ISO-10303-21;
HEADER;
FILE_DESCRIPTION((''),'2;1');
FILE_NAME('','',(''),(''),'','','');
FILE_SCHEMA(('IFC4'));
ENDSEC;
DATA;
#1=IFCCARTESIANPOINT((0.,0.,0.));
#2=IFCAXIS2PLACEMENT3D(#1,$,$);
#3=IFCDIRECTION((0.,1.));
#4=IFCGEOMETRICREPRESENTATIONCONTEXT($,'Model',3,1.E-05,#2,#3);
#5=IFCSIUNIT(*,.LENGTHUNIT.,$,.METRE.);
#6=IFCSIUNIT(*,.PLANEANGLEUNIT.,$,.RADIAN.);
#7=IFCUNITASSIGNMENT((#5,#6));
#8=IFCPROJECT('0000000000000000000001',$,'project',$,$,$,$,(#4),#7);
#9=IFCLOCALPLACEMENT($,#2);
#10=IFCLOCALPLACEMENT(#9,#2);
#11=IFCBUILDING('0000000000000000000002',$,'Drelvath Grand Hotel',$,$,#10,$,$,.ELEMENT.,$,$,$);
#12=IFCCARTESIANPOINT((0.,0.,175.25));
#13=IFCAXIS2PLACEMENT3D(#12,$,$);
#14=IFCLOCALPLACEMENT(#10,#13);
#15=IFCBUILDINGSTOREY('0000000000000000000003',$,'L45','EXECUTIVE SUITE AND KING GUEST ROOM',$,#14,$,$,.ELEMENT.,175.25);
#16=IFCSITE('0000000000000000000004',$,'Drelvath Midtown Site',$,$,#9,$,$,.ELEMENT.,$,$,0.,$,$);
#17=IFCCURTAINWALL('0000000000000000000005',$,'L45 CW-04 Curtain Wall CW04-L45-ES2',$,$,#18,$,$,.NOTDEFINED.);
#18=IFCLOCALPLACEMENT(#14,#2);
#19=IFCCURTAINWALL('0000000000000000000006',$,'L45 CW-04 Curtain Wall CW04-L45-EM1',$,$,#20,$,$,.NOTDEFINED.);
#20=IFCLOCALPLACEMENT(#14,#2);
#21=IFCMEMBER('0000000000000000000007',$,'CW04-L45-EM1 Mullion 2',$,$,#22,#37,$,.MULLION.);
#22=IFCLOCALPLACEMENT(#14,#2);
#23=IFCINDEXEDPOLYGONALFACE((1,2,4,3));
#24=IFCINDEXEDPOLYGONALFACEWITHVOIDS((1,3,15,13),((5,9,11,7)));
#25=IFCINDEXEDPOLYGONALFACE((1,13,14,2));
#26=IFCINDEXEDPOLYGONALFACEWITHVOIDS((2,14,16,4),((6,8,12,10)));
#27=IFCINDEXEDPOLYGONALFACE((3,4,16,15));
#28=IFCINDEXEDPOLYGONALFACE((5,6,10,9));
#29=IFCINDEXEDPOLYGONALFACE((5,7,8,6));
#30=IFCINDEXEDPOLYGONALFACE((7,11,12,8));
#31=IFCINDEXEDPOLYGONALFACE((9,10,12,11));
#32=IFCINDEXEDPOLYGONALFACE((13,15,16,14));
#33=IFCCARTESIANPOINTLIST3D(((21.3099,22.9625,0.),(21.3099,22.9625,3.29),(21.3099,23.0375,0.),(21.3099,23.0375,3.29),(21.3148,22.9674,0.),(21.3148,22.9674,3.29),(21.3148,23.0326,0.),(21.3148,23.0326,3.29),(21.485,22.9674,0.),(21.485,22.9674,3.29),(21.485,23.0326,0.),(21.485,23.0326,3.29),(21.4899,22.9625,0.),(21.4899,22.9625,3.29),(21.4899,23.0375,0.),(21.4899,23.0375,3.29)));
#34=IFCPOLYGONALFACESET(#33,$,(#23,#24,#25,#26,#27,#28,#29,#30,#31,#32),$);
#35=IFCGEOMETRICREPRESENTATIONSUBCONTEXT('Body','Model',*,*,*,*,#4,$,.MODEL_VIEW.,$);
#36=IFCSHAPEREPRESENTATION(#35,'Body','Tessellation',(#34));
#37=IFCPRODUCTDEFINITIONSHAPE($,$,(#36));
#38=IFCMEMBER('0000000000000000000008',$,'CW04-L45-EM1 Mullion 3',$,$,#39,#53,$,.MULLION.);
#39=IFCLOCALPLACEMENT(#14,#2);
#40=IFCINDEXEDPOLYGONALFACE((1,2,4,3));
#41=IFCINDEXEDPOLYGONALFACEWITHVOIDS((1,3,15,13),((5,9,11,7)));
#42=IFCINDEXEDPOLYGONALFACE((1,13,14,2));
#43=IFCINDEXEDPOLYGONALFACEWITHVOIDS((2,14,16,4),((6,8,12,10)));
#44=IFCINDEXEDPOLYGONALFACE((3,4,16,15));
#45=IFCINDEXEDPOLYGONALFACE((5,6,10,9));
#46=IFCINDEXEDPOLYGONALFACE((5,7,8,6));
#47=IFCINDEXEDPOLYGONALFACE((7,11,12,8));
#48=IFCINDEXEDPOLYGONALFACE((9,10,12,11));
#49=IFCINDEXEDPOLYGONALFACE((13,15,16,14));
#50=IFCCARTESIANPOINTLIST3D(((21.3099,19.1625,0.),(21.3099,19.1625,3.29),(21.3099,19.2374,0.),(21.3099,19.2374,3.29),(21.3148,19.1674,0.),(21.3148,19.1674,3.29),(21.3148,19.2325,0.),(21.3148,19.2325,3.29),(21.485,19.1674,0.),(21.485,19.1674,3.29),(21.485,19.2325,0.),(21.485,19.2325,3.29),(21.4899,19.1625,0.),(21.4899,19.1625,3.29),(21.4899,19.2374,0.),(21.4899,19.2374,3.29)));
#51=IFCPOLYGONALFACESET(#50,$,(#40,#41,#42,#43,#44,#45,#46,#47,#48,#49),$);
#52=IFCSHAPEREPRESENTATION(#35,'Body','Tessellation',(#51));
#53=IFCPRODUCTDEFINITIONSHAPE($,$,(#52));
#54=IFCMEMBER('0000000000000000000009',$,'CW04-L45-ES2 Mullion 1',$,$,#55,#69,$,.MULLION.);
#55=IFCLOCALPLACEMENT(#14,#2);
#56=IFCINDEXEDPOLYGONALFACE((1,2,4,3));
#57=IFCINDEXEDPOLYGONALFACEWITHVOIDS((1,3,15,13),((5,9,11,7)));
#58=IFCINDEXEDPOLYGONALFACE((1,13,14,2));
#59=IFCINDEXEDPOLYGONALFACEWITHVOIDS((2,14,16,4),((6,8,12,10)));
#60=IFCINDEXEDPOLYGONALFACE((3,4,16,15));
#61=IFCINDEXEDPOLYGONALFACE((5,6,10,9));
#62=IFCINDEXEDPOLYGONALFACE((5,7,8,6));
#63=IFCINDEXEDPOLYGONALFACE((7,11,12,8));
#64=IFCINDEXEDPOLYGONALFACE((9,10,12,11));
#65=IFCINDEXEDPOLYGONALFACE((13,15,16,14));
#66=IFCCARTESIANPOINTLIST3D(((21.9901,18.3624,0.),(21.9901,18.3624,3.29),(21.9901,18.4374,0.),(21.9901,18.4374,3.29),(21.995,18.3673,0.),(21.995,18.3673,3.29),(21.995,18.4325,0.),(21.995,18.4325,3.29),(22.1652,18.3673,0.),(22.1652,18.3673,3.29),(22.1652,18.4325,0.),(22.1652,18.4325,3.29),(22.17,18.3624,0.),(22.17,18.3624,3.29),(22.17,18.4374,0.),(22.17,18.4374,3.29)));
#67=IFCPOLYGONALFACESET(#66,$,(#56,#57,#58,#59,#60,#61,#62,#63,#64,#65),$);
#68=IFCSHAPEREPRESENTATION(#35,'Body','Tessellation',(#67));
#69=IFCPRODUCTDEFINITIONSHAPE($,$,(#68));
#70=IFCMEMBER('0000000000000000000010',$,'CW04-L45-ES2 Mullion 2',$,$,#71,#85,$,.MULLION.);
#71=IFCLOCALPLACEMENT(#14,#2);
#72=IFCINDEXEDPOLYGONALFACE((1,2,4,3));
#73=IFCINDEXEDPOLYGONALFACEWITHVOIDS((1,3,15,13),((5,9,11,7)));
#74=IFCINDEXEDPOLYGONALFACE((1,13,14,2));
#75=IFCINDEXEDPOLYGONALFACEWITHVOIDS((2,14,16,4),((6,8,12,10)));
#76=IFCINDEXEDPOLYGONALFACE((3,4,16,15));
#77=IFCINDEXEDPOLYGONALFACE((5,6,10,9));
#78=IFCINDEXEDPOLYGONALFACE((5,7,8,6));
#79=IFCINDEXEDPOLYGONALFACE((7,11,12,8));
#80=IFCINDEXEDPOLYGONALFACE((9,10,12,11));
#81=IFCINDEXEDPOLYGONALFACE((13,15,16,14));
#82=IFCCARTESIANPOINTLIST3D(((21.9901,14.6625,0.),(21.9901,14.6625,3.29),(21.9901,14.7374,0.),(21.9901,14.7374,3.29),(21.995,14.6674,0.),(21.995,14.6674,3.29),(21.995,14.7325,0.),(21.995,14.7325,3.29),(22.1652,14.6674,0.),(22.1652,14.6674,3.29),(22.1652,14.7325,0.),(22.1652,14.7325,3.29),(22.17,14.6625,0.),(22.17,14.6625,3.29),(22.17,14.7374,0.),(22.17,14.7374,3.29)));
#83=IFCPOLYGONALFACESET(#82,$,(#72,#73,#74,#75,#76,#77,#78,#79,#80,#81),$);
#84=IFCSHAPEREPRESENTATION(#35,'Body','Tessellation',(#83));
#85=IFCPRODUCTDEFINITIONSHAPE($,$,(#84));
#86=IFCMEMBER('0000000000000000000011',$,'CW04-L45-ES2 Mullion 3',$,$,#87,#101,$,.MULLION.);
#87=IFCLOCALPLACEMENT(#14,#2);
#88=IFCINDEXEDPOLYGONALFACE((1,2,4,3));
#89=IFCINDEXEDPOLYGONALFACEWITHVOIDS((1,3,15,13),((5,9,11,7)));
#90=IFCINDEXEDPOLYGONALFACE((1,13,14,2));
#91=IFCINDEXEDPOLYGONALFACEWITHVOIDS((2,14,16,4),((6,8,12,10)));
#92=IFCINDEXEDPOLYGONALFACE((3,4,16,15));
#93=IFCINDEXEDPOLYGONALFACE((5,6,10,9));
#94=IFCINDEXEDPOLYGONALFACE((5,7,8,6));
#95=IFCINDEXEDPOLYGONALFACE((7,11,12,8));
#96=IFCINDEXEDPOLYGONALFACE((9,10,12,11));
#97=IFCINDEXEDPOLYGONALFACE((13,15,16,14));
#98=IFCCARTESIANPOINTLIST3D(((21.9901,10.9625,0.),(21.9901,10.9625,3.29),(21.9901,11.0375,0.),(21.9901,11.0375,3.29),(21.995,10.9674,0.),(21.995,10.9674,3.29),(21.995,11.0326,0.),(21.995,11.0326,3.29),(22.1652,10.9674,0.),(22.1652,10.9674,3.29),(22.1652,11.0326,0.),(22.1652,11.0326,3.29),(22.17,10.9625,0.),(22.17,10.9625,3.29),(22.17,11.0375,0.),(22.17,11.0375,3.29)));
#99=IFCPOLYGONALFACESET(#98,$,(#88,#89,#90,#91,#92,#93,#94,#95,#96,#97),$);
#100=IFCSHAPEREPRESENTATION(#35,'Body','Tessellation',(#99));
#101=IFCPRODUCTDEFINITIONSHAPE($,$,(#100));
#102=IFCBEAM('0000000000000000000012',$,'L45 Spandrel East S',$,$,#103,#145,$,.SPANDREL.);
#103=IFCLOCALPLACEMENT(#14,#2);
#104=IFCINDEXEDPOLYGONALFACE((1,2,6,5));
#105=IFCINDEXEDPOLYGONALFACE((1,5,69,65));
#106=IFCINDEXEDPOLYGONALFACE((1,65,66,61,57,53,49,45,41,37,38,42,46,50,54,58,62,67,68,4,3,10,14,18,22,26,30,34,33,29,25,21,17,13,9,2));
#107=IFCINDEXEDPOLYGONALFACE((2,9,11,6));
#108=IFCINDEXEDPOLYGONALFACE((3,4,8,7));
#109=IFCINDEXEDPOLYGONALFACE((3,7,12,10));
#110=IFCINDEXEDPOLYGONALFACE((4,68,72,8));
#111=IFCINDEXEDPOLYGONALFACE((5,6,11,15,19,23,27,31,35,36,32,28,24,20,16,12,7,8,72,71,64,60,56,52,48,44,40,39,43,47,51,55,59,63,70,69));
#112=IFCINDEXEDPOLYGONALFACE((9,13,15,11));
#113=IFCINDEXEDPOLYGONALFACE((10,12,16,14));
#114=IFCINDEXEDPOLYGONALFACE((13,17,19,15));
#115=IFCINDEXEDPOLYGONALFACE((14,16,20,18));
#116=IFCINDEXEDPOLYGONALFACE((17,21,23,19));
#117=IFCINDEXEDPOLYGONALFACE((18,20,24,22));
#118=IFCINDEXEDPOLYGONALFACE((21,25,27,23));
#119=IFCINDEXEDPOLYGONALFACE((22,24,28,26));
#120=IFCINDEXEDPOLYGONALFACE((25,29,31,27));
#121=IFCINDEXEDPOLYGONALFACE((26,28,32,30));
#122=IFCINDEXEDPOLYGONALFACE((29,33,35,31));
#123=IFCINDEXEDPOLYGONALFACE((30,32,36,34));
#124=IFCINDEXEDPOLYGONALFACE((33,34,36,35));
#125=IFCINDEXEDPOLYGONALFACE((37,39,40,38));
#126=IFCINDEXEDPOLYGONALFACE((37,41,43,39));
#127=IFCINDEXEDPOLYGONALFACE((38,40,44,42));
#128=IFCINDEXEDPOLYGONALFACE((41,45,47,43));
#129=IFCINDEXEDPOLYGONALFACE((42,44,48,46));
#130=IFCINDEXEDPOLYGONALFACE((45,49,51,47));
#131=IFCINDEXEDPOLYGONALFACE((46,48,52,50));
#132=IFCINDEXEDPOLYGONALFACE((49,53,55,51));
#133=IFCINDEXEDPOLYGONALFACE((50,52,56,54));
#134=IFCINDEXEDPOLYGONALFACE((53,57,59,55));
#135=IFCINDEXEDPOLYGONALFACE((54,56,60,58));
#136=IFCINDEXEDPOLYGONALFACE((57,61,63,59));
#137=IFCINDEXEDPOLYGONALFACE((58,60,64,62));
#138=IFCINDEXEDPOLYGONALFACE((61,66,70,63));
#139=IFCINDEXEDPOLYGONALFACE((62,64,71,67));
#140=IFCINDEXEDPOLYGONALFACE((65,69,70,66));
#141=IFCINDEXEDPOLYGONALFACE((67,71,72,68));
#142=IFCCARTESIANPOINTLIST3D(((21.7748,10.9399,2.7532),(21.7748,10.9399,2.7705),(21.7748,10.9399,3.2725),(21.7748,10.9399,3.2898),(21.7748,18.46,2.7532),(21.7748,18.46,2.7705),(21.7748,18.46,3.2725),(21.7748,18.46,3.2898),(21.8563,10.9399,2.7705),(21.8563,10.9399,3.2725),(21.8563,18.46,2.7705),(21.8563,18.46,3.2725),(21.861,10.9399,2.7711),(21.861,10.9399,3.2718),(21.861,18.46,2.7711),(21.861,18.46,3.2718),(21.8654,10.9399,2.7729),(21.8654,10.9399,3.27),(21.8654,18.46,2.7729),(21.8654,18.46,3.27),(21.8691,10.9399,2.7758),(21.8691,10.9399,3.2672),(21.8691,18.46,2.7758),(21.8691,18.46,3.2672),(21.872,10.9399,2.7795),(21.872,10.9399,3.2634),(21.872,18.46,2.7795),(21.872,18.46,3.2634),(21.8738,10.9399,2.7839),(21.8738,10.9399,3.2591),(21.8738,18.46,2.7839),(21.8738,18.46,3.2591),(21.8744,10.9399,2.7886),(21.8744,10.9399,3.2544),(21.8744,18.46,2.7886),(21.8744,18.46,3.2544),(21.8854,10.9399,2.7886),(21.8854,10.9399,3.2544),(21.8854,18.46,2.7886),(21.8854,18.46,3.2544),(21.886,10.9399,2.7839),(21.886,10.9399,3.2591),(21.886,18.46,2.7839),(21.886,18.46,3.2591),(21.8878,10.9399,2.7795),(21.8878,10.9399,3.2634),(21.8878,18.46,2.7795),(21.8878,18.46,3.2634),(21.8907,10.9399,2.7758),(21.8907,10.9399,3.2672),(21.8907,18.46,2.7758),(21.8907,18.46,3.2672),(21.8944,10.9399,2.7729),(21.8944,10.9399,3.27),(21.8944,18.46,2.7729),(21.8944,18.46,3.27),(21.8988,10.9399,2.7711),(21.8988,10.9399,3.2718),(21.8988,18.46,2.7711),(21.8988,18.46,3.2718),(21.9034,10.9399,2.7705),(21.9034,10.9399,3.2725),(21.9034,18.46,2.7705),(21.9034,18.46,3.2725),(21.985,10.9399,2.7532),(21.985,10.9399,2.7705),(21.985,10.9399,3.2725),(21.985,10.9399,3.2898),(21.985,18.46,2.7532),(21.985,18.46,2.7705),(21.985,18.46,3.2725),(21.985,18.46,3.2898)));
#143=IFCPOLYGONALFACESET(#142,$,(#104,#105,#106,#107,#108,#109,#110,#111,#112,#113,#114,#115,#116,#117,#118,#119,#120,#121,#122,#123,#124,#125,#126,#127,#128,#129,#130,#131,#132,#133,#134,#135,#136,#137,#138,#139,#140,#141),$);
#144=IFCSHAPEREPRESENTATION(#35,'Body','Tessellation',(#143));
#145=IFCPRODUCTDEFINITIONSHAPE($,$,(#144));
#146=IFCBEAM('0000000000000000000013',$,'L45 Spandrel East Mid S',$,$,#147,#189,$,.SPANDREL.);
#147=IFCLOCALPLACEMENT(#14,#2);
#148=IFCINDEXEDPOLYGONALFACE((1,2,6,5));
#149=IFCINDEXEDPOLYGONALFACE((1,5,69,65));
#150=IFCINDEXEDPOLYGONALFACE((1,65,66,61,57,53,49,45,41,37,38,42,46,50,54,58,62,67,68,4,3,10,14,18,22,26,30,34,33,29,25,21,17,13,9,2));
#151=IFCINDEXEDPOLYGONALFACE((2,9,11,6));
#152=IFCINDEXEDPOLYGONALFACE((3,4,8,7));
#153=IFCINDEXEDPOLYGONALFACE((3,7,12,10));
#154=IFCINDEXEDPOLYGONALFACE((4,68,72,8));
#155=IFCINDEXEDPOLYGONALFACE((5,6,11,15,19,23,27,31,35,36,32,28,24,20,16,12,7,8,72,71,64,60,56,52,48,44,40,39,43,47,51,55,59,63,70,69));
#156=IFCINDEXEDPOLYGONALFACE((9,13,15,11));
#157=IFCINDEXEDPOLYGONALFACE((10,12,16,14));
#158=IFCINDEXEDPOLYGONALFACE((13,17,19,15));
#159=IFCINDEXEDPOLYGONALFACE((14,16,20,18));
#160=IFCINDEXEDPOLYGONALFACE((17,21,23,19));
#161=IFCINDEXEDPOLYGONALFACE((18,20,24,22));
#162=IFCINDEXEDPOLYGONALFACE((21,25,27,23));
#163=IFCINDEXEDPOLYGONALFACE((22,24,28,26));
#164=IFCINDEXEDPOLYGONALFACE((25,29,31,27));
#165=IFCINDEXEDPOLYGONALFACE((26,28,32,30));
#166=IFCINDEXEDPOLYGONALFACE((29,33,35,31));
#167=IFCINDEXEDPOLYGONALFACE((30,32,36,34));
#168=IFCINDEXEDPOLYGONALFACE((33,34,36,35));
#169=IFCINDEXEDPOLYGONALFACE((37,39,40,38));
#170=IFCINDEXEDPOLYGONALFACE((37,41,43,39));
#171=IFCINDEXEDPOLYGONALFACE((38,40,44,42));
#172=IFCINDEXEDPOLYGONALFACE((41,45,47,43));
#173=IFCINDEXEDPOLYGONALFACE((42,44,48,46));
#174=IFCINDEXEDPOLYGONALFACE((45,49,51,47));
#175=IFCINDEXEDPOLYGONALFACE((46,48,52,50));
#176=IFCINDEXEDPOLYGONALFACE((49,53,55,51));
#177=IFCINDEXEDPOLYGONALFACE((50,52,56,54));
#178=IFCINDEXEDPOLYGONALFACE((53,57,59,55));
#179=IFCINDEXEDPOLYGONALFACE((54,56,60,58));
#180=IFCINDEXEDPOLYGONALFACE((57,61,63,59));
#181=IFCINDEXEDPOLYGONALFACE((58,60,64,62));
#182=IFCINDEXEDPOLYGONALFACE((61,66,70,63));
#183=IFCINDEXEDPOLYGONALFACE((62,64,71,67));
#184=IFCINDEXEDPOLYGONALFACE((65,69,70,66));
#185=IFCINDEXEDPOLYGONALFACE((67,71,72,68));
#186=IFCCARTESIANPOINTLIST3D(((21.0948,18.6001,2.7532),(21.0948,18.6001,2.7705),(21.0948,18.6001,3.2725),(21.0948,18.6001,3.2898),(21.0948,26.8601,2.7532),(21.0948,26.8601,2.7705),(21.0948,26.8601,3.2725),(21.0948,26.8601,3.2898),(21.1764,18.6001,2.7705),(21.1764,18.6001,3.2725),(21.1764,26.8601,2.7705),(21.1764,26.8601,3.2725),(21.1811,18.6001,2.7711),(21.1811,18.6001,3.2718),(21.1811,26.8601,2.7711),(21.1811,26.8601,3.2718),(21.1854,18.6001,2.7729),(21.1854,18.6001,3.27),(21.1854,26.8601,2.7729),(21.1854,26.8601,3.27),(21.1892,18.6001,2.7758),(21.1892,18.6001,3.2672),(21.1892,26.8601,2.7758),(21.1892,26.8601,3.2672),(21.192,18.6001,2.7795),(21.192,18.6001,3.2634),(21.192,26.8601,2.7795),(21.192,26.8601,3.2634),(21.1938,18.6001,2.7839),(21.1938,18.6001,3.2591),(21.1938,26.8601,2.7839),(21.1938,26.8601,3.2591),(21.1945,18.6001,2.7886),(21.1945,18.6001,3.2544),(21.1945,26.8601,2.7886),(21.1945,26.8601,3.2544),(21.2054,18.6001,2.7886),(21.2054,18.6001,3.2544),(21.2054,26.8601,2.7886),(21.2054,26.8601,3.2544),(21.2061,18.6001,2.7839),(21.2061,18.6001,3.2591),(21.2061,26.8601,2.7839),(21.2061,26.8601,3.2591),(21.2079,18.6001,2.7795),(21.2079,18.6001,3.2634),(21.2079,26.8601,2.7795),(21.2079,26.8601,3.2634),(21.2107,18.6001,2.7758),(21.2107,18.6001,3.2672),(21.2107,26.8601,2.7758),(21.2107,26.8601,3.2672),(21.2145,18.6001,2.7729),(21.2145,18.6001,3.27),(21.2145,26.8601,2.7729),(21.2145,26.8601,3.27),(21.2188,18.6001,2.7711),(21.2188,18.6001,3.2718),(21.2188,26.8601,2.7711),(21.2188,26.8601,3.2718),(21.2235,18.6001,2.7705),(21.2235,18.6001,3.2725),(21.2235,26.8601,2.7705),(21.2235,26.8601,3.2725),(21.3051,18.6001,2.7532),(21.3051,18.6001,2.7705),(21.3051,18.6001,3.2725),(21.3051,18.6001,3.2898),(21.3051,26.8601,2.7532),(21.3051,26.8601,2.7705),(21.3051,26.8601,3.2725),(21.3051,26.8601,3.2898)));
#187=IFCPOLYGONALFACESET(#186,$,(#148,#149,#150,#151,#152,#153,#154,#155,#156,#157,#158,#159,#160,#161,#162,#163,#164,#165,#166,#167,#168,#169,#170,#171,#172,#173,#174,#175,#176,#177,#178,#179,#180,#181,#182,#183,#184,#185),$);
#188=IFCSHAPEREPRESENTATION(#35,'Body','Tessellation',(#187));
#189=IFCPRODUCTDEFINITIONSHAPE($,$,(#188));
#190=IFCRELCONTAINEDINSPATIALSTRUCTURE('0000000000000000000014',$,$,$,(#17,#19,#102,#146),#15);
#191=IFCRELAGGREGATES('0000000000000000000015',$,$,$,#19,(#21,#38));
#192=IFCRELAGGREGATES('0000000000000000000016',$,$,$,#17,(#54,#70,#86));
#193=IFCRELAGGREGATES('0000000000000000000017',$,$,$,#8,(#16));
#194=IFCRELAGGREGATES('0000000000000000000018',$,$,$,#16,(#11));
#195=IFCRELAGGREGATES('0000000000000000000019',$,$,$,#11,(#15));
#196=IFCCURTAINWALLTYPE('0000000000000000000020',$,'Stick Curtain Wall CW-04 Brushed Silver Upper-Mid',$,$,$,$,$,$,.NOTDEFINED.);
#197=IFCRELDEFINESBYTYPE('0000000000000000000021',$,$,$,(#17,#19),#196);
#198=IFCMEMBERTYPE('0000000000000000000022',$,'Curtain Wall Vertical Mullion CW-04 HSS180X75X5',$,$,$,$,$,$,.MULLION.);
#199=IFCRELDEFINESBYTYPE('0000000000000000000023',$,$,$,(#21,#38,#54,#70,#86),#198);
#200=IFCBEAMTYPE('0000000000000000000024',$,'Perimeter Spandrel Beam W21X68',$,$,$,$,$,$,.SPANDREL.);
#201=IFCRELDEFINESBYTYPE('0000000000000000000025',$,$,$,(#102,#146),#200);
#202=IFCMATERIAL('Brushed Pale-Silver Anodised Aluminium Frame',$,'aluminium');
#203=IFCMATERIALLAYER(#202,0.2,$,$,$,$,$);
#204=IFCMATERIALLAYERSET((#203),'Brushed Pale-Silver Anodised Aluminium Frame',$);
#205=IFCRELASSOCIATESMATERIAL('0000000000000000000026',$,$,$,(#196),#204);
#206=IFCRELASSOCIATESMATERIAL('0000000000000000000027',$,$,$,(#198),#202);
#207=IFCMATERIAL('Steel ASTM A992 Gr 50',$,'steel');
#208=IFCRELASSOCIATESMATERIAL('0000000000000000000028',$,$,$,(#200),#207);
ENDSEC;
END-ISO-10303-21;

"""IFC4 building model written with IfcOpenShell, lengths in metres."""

from ifc_helpers import new_model, si_unit, direction, frame, origin, origin_2d, place, context, subcontext, project, spatial, hollow_rectangle, i_section, extrude, material, layer, layer_set, material_profile, profile_set, type_object, element, aggregate, save


model = new_model("IFC4")

# Units and contexts
model_context = context("Model", 3, precision=1e-05, world=origin(), true_north=direction((0.0, 1.0)))
body_context = subcontext(model_context, "Body", "Model", "MODEL_VIEW")
ifc_project = project(units=[si_unit("LENGTHUNIT", "METRE"), si_unit("PLANEANGLEUNIT", "RADIAN")], contexts=[model_context])

# Site, building, storey
site_placement = place(None, origin())
site = spatial("IfcSite", under=ifc_project, at=site_placement, Name="Drelvath Midtown Site", CompositionType="ELEMENT", RefElevation=0.0)
building_placement = place(site_placement, origin())
building = spatial("IfcBuilding", under=site, at=building_placement, Name="Drelvath Grand Hotel", CompositionType="ELEMENT")
storey_placement = place(building_placement, frame((0.0, 0.0, 175.25)))
storey = spatial("IfcBuildingStorey", under=building, at=storey_placement, Name="L45", Description="EXECUTIVE SUITE AND KING GUEST ROOM", CompositionType="ELEMENT", Elevation=175.25)

# Shared definitions
ifc_material_1 = material(Name="Steel ASTM A992 Gr 50", Category="steel")

# Curtain wall
ifc_material_2 = material(Name="Brushed Pale-Silver Anodised Aluminium Frame", Category="aluminium")
ifc_layer_1 = layer(ifc_material_2, 0.2)
ifc_layer_set_1 = layer_set([ifc_layer_1], Name="Brushed Pale-Silver Anodised Aluminium Frame")
curtain_wall_type = type_object("IfcCurtainWallType", Name="Stick Curtain Wall CW-04 Brushed Silver Upper-Mid", PredefinedType="NOTDEFINED", material=ifc_layer_set_1)
curtain_wall_1_placement = place(storey_placement, origin())
curtain_wall_1 = element("IfcCurtainWall", 1, at=curtain_wall_1_placement, inside=storey, type_object=curtain_wall_type, Name="L45 CW-04 Curtain Wall CW04-L45-ES2", PredefinedType="NOTDEFINED")

# Curtain wall, members
curtain_wall_2_placement = place(storey_placement, origin())
curtain_wall_2 = element("IfcCurtainWall", 2, at=curtain_wall_2_placement, inside=storey, type_object=curtain_wall_type, Name="L45 CW-04 Curtain Wall CW04-L45-EM1", PredefinedType="NOTDEFINED")
ifc_material_profile_1 = material_profile(ifc_material_2, hollow_rectangle(XDim=0.075, YDim=0.1799, WallThickness=0.0049, at=origin_2d()), Name="HSS180X75X5")
ifc_profile_set_1 = profile_set([ifc_material_profile_1], Name="Brushed Pale-Silver Anodised Aluminium Frame")
member_type_1 = type_object("IfcMemberType", Name="Curtain Wall Vertical Mullion CW-04 HSS180X75X5", PredefinedType="MULLION", material=ifc_profile_set_1)
member_1_placement = place(storey_placement, frame((21.3999, 23.0, 0.0), z_axis=(0.0, 0.0, 1.0), x_axis=(0.0, 1.0, 0.0)))
member_1 = element("IfcMember", 3, at=member_1_placement, type_object=member_type_1, Name="CW04-L45-EM1 Mullion 2", PredefinedType="MULLION", context=body_context, shape_type="SweptSolid", body=[
    extrude(hollow_rectangle(XDim=0.075, YDim=0.1799, WallThickness=0.0049, at=origin_2d()), origin(), (0.0, 0.0, 1.0), 3.29),
])
member_2_placement = place(storey_placement, frame((21.3999, 19.2, 0.0), z_axis=(0.0, 0.0, 1.0), x_axis=(0.0, 1.0, 0.0)))
member_2 = element("IfcMember", 4, at=member_2_placement, type_object=member_type_1, Name="CW04-L45-EM1 Mullion 3", PredefinedType="MULLION", context=body_context, shape_type="SweptSolid", body=[
    extrude(hollow_rectangle(XDim=0.075, YDim=0.1799, WallThickness=0.0049, at=origin_2d()), origin(), (0.0, 0.0, 1.0), 3.29),
])

# Members
member_3_placement = place(storey_placement, frame((22.0801, 18.3999, 0.0), z_axis=(0.0, 0.0, 1.0), x_axis=(0.0, 1.0, 0.0)))
member_3 = element("IfcMember", 5, at=member_3_placement, type_object=member_type_1, Name="CW04-L45-ES2 Mullion 1", PredefinedType="MULLION", context=body_context, shape_type="SweptSolid", body=[
    extrude(hollow_rectangle(XDim=0.075, YDim=0.1799, WallThickness=0.0049, at=origin_2d()), origin(), (0.0, 0.0, 1.0), 3.29),
])
member_4_placement = place(storey_placement, frame((22.0801, 14.7, 0.0), z_axis=(0.0, 0.0, 1.0), x_axis=(0.0, 1.0, 0.0)))
member_4 = element("IfcMember", 6, at=member_4_placement, type_object=member_type_1, Name="CW04-L45-ES2 Mullion 2", PredefinedType="MULLION", context=body_context, shape_type="SweptSolid", body=[
    extrude(hollow_rectangle(XDim=0.075, YDim=0.1799, WallThickness=0.0049, at=origin_2d()), origin(), (0.0, 0.0, 1.0), 3.29),
])
member_5_placement = place(storey_placement, frame((22.0801, 11.0, 0.0), z_axis=(0.0, 0.0, 1.0), x_axis=(0.0, 1.0, 0.0)))
member_5 = element("IfcMember", 7, at=member_5_placement, type_object=member_type_1, Name="CW04-L45-ES2 Mullion 3", PredefinedType="MULLION", context=body_context, shape_type="SweptSolid", body=[
    extrude(hollow_rectangle(XDim=0.075, YDim=0.1799, WallThickness=0.0049, at=origin_2d()), origin(), (0.0, 0.0, 1.0), 3.29),
])

# Beams
ifc_material_profile_2 = material_profile(ifc_material_1, i_section(OverallWidth=0.2102, OverallDepth=0.5366, WebThickness=0.011, FlangeThickness=0.0173, FilletRadius=0.0181, at=origin_2d()), Name="W21X68")
ifc_profile_set_2 = profile_set([ifc_material_profile_2], Name="Steel ASTM A992 Gr 50")
beam_type_1 = type_object("IfcBeamType", Name="Perimeter Spandrel Beam W21X68", PredefinedType="SPANDREL", material=ifc_profile_set_2)
beam_1_placement = place(storey_placement, frame((21.8799, 10.9399, 3.0215), z_axis=(0.0, 1.0, 0.0), x_axis=(-1.0, 0.0, 0.0)))
element("IfcBeam", 8, at=beam_1_placement, inside=storey, type_object=beam_type_1, Name="L45 Spandrel East S", PredefinedType="SPANDREL", context=body_context, shape_type="SweptSolid", body=[
    extrude(i_section(OverallWidth=0.2102, OverallDepth=0.5366, WebThickness=0.011, FlangeThickness=0.0173, FilletRadius=0.0181, at=origin_2d()), origin(), (0.0, 0.0, 1.0), 7.52),
])
beam_2_placement = place(storey_placement, frame((21.2, 18.6001, 3.0215), z_axis=(0.0, 1.0, 0.0), x_axis=(-1.0, 0.0, 0.0)))
element("IfcBeam", 9, at=beam_2_placement, inside=storey, type_object=beam_type_1, Name="L45 Spandrel East Mid S", PredefinedType="SPANDREL", context=body_context, shape_type="SweptSolid", body=[
    extrude(i_section(OverallWidth=0.2102, OverallDepth=0.5366, WebThickness=0.011, FlangeThickness=0.0173, FilletRadius=0.0181, at=origin_2d()), origin(), (0.0, 0.0, 1.0), 8.26),
])

aggregate(curtain_wall_2, [member_1, member_2])
aggregate(curtain_wall_1, [member_3, member_4, member_5])

save(model, "model.ifc")
